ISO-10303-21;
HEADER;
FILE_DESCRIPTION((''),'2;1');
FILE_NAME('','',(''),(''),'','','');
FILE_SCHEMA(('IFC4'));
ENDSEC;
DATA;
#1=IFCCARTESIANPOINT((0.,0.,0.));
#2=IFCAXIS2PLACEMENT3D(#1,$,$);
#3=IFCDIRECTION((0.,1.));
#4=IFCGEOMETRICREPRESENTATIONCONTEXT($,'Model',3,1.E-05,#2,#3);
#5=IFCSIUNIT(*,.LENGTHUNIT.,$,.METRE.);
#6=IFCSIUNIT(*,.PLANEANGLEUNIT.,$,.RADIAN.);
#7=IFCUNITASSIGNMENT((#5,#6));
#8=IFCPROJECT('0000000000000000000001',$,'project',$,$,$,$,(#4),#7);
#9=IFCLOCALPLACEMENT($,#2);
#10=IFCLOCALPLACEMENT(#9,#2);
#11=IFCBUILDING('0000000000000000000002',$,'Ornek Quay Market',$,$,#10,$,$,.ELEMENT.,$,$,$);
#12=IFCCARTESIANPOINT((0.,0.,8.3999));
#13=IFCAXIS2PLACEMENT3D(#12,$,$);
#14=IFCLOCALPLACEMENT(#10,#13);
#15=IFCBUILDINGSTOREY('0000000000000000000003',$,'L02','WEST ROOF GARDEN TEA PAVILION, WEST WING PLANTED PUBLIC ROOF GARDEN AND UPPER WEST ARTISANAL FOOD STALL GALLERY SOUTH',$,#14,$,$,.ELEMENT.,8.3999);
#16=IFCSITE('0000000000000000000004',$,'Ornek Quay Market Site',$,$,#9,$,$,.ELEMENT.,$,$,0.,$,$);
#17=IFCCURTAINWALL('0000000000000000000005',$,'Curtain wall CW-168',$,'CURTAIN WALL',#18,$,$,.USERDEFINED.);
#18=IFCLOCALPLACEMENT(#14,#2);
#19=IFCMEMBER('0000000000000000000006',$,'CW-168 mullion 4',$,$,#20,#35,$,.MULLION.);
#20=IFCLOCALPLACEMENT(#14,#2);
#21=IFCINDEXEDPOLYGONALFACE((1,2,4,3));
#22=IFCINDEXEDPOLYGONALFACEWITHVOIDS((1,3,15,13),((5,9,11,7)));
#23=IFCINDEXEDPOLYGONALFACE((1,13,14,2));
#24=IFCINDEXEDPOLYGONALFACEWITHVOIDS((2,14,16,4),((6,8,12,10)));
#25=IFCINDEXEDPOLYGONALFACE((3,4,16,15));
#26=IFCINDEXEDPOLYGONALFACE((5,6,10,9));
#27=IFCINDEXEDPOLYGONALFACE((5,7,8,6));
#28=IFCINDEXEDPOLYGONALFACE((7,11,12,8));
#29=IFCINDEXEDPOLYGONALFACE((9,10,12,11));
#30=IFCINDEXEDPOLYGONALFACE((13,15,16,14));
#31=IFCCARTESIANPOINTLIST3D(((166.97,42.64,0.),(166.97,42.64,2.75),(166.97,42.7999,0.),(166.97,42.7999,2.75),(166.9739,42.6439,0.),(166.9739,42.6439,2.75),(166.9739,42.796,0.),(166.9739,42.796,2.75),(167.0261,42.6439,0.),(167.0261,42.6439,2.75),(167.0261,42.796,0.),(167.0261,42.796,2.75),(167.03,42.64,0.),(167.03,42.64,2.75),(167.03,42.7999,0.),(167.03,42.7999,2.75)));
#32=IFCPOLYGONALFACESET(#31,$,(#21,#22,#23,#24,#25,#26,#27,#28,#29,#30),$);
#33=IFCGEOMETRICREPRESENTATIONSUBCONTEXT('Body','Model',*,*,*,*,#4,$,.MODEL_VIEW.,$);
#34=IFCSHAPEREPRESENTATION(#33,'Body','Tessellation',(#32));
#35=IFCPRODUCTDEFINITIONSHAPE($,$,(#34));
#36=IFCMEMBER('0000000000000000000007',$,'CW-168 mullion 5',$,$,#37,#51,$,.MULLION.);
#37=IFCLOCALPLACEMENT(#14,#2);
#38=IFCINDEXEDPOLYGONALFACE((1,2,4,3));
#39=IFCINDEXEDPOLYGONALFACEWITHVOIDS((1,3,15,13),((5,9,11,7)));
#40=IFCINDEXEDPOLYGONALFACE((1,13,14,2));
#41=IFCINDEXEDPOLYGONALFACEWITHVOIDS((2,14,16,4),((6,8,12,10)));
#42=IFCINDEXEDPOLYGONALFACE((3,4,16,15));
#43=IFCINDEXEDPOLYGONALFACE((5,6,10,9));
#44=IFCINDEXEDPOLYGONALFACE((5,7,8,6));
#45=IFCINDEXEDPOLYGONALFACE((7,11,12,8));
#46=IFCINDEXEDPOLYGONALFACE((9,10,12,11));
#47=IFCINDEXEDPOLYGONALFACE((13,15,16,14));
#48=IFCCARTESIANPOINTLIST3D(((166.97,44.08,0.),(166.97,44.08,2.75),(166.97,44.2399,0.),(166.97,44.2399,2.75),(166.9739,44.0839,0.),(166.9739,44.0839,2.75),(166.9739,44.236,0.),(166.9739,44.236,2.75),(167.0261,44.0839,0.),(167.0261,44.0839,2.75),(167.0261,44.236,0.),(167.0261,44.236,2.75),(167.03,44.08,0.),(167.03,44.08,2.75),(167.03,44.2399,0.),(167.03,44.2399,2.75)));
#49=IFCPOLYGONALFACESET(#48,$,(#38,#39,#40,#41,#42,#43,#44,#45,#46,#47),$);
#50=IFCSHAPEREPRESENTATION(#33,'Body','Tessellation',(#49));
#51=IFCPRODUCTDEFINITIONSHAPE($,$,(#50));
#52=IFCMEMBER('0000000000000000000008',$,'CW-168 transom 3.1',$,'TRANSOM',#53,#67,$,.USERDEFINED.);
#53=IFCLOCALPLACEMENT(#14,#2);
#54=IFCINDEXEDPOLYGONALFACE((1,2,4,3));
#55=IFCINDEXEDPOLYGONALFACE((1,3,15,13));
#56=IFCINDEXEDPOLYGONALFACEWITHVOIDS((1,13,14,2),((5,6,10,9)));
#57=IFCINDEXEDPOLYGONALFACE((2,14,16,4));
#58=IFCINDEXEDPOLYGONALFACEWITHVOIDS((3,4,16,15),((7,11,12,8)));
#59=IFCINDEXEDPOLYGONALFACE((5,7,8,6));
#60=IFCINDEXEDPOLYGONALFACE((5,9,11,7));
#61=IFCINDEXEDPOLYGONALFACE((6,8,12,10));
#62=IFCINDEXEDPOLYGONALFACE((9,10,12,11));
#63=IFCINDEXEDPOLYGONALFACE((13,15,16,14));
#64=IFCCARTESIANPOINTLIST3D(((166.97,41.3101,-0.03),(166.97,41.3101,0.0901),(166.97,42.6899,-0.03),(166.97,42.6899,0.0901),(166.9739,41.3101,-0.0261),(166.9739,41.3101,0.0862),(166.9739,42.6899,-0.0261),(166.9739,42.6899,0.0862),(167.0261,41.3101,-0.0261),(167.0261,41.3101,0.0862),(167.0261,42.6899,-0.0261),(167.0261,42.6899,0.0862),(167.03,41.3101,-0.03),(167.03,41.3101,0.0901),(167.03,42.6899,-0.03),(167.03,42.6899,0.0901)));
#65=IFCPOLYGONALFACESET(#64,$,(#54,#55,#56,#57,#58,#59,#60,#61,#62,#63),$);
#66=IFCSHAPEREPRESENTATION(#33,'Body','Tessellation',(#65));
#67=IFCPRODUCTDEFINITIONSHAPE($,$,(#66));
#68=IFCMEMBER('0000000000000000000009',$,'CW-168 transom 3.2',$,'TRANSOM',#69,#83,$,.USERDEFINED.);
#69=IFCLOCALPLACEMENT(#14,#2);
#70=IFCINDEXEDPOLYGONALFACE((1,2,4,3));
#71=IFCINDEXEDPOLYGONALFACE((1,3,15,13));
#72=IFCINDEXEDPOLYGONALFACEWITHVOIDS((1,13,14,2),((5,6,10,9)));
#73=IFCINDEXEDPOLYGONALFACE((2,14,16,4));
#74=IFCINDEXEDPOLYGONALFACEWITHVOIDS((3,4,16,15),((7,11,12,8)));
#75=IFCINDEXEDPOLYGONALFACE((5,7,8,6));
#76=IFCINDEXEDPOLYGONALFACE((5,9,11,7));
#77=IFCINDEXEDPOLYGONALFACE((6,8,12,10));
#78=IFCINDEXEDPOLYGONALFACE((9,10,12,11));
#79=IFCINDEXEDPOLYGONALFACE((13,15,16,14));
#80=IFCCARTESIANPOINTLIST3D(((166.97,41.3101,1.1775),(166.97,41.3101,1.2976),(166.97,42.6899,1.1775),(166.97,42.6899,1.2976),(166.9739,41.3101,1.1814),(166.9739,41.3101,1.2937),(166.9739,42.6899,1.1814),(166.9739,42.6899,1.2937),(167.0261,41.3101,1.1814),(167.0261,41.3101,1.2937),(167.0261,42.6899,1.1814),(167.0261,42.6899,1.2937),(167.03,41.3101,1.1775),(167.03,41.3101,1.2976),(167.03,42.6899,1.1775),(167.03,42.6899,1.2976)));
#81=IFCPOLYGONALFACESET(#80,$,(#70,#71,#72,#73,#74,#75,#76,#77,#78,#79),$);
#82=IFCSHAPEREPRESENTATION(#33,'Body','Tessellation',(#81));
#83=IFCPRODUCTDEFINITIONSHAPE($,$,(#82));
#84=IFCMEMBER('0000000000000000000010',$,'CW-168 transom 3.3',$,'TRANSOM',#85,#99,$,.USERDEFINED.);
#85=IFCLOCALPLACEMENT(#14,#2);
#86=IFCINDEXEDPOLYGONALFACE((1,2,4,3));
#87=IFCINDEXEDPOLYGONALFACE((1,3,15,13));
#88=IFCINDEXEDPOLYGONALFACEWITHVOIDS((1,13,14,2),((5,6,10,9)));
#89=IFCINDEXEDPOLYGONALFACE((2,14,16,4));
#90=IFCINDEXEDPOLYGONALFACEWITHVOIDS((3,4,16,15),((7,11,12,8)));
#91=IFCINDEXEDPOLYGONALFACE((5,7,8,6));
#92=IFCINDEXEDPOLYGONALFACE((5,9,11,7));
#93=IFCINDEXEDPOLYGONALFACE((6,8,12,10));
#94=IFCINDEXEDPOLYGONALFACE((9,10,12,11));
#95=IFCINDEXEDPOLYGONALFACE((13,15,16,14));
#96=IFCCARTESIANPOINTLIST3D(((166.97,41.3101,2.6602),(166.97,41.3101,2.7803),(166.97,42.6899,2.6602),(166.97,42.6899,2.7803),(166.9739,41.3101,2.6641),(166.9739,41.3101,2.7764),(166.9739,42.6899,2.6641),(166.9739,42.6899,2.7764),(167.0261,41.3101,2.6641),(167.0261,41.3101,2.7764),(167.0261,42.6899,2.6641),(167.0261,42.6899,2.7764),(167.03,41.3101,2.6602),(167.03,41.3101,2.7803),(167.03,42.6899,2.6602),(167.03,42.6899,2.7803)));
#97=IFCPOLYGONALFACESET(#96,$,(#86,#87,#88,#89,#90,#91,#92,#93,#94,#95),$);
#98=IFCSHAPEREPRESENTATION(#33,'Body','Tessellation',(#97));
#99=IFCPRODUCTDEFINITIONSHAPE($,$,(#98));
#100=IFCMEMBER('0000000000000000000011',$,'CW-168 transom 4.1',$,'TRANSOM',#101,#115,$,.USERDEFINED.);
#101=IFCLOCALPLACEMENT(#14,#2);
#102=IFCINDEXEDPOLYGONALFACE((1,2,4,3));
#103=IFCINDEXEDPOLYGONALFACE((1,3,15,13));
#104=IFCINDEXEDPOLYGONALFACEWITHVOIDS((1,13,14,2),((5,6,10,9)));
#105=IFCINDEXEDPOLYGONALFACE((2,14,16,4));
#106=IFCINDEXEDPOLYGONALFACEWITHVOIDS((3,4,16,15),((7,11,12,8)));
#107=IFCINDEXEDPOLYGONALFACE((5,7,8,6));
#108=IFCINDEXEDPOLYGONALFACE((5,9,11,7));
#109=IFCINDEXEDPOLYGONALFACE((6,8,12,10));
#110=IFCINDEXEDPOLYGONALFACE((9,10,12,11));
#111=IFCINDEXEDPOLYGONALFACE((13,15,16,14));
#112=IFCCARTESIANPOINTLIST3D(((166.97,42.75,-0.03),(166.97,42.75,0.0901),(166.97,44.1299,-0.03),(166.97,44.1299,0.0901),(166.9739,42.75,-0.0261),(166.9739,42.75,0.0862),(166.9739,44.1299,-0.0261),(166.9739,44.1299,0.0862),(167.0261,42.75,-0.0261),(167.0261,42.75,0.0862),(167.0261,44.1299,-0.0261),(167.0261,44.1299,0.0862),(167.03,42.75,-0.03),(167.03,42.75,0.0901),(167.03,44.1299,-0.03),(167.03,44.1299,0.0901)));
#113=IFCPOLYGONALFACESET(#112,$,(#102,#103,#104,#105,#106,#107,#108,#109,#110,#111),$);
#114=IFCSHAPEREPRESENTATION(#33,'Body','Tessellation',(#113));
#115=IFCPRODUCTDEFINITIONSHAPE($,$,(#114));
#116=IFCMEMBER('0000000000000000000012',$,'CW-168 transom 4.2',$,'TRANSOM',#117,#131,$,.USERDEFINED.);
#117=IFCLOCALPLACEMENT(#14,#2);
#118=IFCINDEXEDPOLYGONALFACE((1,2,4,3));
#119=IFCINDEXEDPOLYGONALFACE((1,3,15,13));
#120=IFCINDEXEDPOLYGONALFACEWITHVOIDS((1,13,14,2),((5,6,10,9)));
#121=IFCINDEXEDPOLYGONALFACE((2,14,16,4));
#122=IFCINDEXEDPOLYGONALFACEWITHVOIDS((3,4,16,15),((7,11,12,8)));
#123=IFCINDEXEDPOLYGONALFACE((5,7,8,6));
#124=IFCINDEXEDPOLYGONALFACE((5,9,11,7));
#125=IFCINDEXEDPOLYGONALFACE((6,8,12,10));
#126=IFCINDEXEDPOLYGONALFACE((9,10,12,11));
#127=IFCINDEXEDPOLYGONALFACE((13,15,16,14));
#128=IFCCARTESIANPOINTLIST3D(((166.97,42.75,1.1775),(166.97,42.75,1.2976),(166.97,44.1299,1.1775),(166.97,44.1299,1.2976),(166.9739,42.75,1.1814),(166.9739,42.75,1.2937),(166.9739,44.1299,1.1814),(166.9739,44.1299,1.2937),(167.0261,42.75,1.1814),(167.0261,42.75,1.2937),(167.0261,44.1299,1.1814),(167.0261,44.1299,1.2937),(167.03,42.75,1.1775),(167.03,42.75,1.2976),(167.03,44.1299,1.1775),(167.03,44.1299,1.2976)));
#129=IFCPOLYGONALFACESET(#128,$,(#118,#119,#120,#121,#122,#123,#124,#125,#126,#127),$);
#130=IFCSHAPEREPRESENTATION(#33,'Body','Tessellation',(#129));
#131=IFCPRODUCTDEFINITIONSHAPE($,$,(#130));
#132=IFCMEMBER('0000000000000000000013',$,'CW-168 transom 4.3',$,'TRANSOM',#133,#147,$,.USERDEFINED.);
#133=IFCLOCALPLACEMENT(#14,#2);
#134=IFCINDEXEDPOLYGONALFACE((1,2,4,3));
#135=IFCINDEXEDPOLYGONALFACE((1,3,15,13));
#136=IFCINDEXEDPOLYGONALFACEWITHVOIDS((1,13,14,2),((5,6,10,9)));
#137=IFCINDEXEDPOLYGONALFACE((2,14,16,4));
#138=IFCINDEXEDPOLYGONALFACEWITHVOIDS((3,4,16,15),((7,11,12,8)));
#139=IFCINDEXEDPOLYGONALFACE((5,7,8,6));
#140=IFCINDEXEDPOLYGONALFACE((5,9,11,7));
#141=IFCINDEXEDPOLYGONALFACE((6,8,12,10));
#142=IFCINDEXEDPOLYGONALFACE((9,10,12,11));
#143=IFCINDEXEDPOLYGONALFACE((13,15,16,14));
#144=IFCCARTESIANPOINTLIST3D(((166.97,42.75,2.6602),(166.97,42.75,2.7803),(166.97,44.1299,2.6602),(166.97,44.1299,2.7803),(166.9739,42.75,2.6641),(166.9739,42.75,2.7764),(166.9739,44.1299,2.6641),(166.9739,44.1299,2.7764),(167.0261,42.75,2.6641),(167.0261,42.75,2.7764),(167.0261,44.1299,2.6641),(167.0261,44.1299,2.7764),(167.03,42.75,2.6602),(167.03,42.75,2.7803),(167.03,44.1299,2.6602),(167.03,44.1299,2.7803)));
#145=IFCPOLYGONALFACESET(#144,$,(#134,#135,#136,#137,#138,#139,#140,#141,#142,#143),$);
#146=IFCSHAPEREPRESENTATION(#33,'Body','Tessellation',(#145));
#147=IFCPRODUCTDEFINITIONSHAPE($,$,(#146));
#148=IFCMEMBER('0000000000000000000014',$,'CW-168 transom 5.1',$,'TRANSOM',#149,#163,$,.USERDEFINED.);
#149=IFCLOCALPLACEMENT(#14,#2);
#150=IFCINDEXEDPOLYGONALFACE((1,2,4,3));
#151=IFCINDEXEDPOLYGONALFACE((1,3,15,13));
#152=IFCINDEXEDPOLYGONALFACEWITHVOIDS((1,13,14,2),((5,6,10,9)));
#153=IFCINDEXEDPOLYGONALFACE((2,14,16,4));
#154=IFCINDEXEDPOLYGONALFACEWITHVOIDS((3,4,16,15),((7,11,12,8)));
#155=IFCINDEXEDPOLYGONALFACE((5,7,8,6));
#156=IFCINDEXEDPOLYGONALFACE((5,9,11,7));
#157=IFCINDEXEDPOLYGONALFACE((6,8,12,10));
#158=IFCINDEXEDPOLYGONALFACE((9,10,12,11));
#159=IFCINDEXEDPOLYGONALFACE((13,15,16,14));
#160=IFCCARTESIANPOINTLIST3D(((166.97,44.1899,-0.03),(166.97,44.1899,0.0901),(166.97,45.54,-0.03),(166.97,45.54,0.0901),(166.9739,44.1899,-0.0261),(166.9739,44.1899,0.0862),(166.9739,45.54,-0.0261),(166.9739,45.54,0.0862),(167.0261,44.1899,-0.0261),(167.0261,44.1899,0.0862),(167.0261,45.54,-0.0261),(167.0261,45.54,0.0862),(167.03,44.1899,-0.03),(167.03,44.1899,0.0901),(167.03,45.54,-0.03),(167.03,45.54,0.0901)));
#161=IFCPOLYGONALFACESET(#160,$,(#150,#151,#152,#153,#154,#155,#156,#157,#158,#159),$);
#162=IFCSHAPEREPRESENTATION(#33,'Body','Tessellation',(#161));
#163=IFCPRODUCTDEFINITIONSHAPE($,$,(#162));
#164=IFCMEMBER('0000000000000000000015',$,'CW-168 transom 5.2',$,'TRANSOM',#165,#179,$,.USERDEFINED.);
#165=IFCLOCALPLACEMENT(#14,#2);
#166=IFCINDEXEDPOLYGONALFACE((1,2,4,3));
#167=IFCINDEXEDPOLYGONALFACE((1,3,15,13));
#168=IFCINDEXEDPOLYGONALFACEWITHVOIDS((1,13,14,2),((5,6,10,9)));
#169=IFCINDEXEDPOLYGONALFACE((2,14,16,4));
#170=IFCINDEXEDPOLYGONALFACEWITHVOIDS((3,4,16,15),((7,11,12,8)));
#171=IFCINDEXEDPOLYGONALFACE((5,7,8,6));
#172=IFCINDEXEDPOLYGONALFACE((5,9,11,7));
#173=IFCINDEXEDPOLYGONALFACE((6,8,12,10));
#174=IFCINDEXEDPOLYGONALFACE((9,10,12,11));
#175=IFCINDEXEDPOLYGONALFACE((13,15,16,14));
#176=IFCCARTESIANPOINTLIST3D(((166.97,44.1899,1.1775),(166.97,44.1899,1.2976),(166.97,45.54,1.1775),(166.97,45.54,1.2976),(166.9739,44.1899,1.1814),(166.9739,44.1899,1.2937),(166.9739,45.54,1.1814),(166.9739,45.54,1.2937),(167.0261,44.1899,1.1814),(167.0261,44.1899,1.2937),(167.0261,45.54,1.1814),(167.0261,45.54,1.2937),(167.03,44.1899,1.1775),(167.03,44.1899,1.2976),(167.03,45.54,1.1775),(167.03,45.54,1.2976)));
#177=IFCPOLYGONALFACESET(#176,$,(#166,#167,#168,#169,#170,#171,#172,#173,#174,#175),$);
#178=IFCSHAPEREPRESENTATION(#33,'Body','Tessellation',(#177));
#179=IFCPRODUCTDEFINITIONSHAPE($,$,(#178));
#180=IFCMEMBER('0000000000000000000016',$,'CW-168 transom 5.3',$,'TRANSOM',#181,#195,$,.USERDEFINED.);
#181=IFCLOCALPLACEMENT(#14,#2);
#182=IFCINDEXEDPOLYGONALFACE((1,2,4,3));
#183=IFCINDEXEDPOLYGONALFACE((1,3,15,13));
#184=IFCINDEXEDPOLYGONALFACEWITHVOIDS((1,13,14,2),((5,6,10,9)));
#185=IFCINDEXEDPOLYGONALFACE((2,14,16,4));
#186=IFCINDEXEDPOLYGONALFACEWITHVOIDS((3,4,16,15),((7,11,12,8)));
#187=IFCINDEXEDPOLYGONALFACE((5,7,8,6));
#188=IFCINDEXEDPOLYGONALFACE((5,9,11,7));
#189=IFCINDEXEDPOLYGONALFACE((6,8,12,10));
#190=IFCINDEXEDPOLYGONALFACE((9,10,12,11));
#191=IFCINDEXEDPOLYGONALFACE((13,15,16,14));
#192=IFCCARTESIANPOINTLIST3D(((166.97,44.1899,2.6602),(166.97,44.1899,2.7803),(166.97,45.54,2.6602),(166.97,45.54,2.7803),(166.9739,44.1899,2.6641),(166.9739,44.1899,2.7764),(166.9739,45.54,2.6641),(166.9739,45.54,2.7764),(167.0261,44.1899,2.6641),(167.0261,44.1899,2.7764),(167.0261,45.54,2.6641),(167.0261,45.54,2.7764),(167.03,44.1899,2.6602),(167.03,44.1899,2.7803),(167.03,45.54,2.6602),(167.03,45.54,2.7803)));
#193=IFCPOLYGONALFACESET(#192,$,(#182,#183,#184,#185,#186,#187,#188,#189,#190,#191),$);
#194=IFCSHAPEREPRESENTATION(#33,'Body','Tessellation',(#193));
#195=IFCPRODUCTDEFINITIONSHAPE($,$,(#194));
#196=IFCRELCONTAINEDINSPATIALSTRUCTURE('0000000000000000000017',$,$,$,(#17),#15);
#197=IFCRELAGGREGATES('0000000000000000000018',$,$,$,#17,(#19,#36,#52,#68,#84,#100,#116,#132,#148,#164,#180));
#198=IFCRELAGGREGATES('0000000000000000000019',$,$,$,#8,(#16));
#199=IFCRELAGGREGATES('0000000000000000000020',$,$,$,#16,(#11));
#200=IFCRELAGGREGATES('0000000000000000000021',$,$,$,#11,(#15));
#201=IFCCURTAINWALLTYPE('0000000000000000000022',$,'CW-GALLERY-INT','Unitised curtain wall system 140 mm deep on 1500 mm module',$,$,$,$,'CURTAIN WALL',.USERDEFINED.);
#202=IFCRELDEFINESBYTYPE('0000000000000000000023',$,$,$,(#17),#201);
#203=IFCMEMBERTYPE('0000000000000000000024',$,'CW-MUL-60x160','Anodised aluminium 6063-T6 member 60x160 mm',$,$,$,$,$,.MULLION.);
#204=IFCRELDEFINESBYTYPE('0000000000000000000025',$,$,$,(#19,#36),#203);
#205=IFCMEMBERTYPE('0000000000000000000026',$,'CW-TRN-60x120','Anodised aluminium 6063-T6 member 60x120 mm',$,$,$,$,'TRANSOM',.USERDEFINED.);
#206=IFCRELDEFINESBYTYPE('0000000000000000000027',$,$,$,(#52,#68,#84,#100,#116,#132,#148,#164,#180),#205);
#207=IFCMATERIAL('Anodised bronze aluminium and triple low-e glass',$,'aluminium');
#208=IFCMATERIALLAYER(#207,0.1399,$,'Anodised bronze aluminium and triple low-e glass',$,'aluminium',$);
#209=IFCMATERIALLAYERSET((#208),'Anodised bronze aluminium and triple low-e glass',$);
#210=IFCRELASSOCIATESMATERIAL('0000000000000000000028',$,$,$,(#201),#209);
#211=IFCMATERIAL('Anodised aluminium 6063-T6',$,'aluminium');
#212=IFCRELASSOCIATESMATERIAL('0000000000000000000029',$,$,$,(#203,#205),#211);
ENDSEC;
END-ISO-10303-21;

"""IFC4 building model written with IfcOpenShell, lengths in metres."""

from ifc_helpers import new_model, si_unit, direction, frame, origin, origin_2d, place, context, subcontext, project, spatial, hollow_rectangle, extrude, material, layer, layer_set, material_profile, profile_set, type_object, element, aggregate, save


model = new_model("IFC4")

# Units and contexts
model_context = context("Model", 3, precision=1e-05, world=origin(), true_north=direction((0.0, 1.0)))
body_context = subcontext(model_context, "Body", "Model", "MODEL_VIEW")
ifc_project = project(units=[si_unit("LENGTHUNIT", "METRE"), si_unit("PLANEANGLEUNIT", "RADIAN")], contexts=[model_context])

# Site, building, storey
site_placement = place(None, origin())
site = spatial("IfcSite", under=ifc_project, at=site_placement, Name="Ornek Quay Market Site", CompositionType="ELEMENT", RefElevation=0.0)
building_placement = place(site_placement, origin())
building = spatial("IfcBuilding", under=site, at=building_placement, Name="Ornek Quay Market", CompositionType="ELEMENT")
storey_placement = place(building_placement, frame((0.0, 0.0, 8.3999)))
storey = spatial("IfcBuildingStorey", under=building, at=storey_placement, Name="L02", Description="WEST ROOF GARDEN TEA PAVILION, WEST WING PLANTED PUBLIC ROOF GARDEN AND UPPER WEST ARTISANAL FOOD STALL GALLERY SOUTH", CompositionType="ELEMENT", Elevation=8.3999)

# Curtain wall, members
ifc_material_1 = material(Name="Anodised bronze aluminium and triple low-e glass", Category="aluminium")
ifc_layer_1 = layer(ifc_material_1, 0.1399, Name="Anodised bronze aluminium and triple low-e glass", Category="aluminium")
ifc_layer_set_1 = layer_set([ifc_layer_1], Name="Anodised bronze aluminium and triple low-e glass")
curtain_wall_type = type_object("IfcCurtainWallType", Name="CW-GALLERY-INT", Description="Unitised curtain wall system 140 mm deep on 1500 mm module", ElementType="CURTAIN WALL", PredefinedType="USERDEFINED", material=ifc_layer_set_1)
curtain_wall_placement = place(storey_placement, origin())
curtain_wall = element("IfcCurtainWall", 1, at=curtain_wall_placement, inside=storey, type_object=curtain_wall_type, Name="Curtain wall CW-168", ObjectType="CURTAIN WALL", PredefinedType="USERDEFINED")
ifc_material_2 = material(Name="Anodised aluminium 6063-T6", Category="aluminium")
ifc_material_profile_1 = material_profile(ifc_material_2, hollow_rectangle(XDim=0.0601, YDim=0.1599, WallThickness=0.0039, at=origin_2d()), Name="CW-MUL-60x160", Category="aluminium")
ifc_profile_set_1 = profile_set([ifc_material_profile_1], Name="Anodised aluminium 6063-T6")
member_type_1 = type_object("IfcMemberType", Name="CW-MUL-60x160", Description="Anodised aluminium 6063-T6 member 60x160 mm", PredefinedType="MULLION", material=ifc_profile_set_1)
member_1_placement = place(storey_placement, frame((167.0, 42.72, 0.0), z_axis=(0.0, 0.0, 1.0), x_axis=(-1.0, 0.0, 0.0)))
member_1 = element("IfcMember", 2, at=member_1_placement, type_object=member_type_1, Name="CW-168 mullion 4", PredefinedType="MULLION", context=body_context, shape_type="SweptSolid", body=[
    extrude(hollow_rectangle(XDim=0.0601, YDim=0.1599, WallThickness=0.0039, at=origin_2d()), origin(), (0.0, 0.0, 1.0), 2.75),
])
member_2_placement = place(storey_placement, frame((167.0, 44.1599, 0.0), z_axis=(0.0, 0.0, 1.0), x_axis=(-1.0, 0.0, 0.0)))
member_2 = element("IfcMember", 3, at=member_2_placement, type_object=member_type_1, Name="CW-168 mullion 5", PredefinedType="MULLION", context=body_context, shape_type="SweptSolid", body=[
    extrude(hollow_rectangle(XDim=0.0601, YDim=0.1599, WallThickness=0.0039, at=origin_2d()), origin(), (0.0, 0.0, 1.0), 2.75),
])
ifc_material_profile_2 = material_profile(ifc_material_2, hollow_rectangle(XDim=0.0601, YDim=0.1201, WallThickness=0.0039, at=origin_2d()), Name="CW-TRN-60x120", Category="aluminium")
ifc_profile_set_2 = profile_set([ifc_material_profile_2], Name="Anodised aluminium 6063-T6")
member_type_2 = type_object("IfcMemberType", Name="CW-TRN-60x120", Description="Anodised aluminium 6063-T6 member 60x120 mm", ElementType="TRANSOM", PredefinedType="USERDEFINED", material=ifc_profile_set_2)
member_3_placement = place(storey_placement, frame((167.0, 41.3101, 0.03), z_axis=(0.0, 1.0, 0.0), x_axis=(-1.0, 0.0, 0.0)))
member_3 = element("IfcMember", 4, at=member_3_placement, type_object=member_type_2, Name="CW-168 transom 3.1", ObjectType="TRANSOM", PredefinedType="USERDEFINED", context=body_context, shape_type="SweptSolid", body=[
    extrude(hollow_rectangle(XDim=0.0601, YDim=0.1201, WallThickness=0.0039, at=origin_2d()), origin(), (0.0, 0.0, 1.0), 1.3799),
])
member_4_placement = place(storey_placement, frame((167.0, 41.3101, 1.2375), z_axis=(0.0, 1.0, 0.0), x_axis=(-1.0, 0.0, 0.0)))
member_4 = element("IfcMember", 5, at=member_4_placement, type_object=member_type_2, Name="CW-168 transom 3.2", ObjectType="TRANSOM", PredefinedType="USERDEFINED", context=body_context, shape_type="SweptSolid", body=[
    extrude(hollow_rectangle(XDim=0.0601, YDim=0.1201, WallThickness=0.0039, at=origin_2d()), origin(), (0.0, 0.0, 1.0), 1.3799),
])
member_5_placement = place(storey_placement, frame((167.0, 41.3101, 2.7202), z_axis=(0.0, 1.0, 0.0), x_axis=(-1.0, 0.0, 0.0)))
member_5 = element("IfcMember", 6, at=member_5_placement, type_object=member_type_2, Name="CW-168 transom 3.3", ObjectType="TRANSOM", PredefinedType="USERDEFINED", context=body_context, shape_type="SweptSolid", body=[
    extrude(hollow_rectangle(XDim=0.0601, YDim=0.1201, WallThickness=0.0039, at=origin_2d()), origin(), (0.0, 0.0, 1.0), 1.3799),
])
member_6_placement = place(storey_placement, frame((167.0, 42.75, 0.03), z_axis=(0.0, 1.0, 0.0), x_axis=(-1.0, 0.0, 0.0)))
member_6 = element("IfcMember", 7, at=member_6_placement, type_object=member_type_2, Name="CW-168 transom 4.1", ObjectType="TRANSOM", PredefinedType="USERDEFINED", context=body_context, shape_type="SweptSolid", body=[
    extrude(hollow_rectangle(XDim=0.0601, YDim=0.1201, WallThickness=0.0039, at=origin_2d()), origin(), (0.0, 0.0, 1.0), 1.3799),
])
member_7_placement = place(storey_placement, frame((167.0, 42.75, 1.2375), z_axis=(0.0, 1.0, 0.0), x_axis=(-1.0, 0.0, 0.0)))
member_7 = element("IfcMember", 8, at=member_7_placement, type_object=member_type_2, Name="CW-168 transom 4.2", ObjectType="TRANSOM", PredefinedType="USERDEFINED", context=body_context, shape_type="SweptSolid", body=[
    extrude(hollow_rectangle(XDim=0.0601, YDim=0.1201, WallThickness=0.0039, at=origin_2d()), origin(), (0.0, 0.0, 1.0), 1.3799),
])
member_8_placement = place(storey_placement, frame((167.0, 42.75, 2.7202), z_axis=(0.0, 1.0, 0.0), x_axis=(-1.0, 0.0, 0.0)))
member_8 = element("IfcMember", 9, at=member_8_placement, type_object=member_type_2, Name="CW-168 transom 4.3", ObjectType="TRANSOM", PredefinedType="USERDEFINED", context=body_context, shape_type="SweptSolid", body=[
    extrude(hollow_rectangle(XDim=0.0601, YDim=0.1201, WallThickness=0.0039, at=origin_2d()), origin(), (0.0, 0.0, 1.0), 1.3799),
])
member_9_placement = place(storey_placement, frame((167.0, 44.1899, 0.03), z_axis=(0.0, 1.0, 0.0), x_axis=(-1.0, 0.0, 0.0)))
member_9 = element("IfcMember", 10, at=member_9_placement, type_object=member_type_2, Name="CW-168 transom 5.1", ObjectType="TRANSOM", PredefinedType="USERDEFINED", context=body_context, shape_type="SweptSolid", body=[
    extrude(hollow_rectangle(XDim=0.0601, YDim=0.1201, WallThickness=0.0039, at=origin_2d()), origin(), (0.0, 0.0, 1.0), 1.3501),
])
member_10_placement = place(storey_placement, frame((167.0, 44.1899, 1.2375), z_axis=(0.0, 1.0, 0.0), x_axis=(-1.0, 0.0, 0.0)))
member_10 = element("IfcMember", 11, at=member_10_placement, type_object=member_type_2, Name="CW-168 transom 5.2", ObjectType="TRANSOM", PredefinedType="USERDEFINED", context=body_context, shape_type="SweptSolid", body=[
    extrude(hollow_rectangle(XDim=0.0601, YDim=0.1201, WallThickness=0.0039, at=origin_2d()), origin(), (0.0, 0.0, 1.0), 1.3501),
])
member_11_placement = place(storey_placement, frame((167.0, 44.1899, 2.7202), z_axis=(0.0, 1.0, 0.0), x_axis=(-1.0, 0.0, 0.0)))
member_11 = element("IfcMember", 12, at=member_11_placement, type_object=member_type_2, Name="CW-168 transom 5.3", ObjectType="TRANSOM", PredefinedType="USERDEFINED", context=body_context, shape_type="SweptSolid", body=[
    extrude(hollow_rectangle(XDim=0.0601, YDim=0.1201, WallThickness=0.0039, at=origin_2d()), origin(), (0.0, 0.0, 1.0), 1.3501),
])
aggregate(curtain_wall, [member_1, member_2, member_3, member_4, member_5, member_6, member_7, member_8, member_9, member_10, member_11])

save(model, "model.ifc")
